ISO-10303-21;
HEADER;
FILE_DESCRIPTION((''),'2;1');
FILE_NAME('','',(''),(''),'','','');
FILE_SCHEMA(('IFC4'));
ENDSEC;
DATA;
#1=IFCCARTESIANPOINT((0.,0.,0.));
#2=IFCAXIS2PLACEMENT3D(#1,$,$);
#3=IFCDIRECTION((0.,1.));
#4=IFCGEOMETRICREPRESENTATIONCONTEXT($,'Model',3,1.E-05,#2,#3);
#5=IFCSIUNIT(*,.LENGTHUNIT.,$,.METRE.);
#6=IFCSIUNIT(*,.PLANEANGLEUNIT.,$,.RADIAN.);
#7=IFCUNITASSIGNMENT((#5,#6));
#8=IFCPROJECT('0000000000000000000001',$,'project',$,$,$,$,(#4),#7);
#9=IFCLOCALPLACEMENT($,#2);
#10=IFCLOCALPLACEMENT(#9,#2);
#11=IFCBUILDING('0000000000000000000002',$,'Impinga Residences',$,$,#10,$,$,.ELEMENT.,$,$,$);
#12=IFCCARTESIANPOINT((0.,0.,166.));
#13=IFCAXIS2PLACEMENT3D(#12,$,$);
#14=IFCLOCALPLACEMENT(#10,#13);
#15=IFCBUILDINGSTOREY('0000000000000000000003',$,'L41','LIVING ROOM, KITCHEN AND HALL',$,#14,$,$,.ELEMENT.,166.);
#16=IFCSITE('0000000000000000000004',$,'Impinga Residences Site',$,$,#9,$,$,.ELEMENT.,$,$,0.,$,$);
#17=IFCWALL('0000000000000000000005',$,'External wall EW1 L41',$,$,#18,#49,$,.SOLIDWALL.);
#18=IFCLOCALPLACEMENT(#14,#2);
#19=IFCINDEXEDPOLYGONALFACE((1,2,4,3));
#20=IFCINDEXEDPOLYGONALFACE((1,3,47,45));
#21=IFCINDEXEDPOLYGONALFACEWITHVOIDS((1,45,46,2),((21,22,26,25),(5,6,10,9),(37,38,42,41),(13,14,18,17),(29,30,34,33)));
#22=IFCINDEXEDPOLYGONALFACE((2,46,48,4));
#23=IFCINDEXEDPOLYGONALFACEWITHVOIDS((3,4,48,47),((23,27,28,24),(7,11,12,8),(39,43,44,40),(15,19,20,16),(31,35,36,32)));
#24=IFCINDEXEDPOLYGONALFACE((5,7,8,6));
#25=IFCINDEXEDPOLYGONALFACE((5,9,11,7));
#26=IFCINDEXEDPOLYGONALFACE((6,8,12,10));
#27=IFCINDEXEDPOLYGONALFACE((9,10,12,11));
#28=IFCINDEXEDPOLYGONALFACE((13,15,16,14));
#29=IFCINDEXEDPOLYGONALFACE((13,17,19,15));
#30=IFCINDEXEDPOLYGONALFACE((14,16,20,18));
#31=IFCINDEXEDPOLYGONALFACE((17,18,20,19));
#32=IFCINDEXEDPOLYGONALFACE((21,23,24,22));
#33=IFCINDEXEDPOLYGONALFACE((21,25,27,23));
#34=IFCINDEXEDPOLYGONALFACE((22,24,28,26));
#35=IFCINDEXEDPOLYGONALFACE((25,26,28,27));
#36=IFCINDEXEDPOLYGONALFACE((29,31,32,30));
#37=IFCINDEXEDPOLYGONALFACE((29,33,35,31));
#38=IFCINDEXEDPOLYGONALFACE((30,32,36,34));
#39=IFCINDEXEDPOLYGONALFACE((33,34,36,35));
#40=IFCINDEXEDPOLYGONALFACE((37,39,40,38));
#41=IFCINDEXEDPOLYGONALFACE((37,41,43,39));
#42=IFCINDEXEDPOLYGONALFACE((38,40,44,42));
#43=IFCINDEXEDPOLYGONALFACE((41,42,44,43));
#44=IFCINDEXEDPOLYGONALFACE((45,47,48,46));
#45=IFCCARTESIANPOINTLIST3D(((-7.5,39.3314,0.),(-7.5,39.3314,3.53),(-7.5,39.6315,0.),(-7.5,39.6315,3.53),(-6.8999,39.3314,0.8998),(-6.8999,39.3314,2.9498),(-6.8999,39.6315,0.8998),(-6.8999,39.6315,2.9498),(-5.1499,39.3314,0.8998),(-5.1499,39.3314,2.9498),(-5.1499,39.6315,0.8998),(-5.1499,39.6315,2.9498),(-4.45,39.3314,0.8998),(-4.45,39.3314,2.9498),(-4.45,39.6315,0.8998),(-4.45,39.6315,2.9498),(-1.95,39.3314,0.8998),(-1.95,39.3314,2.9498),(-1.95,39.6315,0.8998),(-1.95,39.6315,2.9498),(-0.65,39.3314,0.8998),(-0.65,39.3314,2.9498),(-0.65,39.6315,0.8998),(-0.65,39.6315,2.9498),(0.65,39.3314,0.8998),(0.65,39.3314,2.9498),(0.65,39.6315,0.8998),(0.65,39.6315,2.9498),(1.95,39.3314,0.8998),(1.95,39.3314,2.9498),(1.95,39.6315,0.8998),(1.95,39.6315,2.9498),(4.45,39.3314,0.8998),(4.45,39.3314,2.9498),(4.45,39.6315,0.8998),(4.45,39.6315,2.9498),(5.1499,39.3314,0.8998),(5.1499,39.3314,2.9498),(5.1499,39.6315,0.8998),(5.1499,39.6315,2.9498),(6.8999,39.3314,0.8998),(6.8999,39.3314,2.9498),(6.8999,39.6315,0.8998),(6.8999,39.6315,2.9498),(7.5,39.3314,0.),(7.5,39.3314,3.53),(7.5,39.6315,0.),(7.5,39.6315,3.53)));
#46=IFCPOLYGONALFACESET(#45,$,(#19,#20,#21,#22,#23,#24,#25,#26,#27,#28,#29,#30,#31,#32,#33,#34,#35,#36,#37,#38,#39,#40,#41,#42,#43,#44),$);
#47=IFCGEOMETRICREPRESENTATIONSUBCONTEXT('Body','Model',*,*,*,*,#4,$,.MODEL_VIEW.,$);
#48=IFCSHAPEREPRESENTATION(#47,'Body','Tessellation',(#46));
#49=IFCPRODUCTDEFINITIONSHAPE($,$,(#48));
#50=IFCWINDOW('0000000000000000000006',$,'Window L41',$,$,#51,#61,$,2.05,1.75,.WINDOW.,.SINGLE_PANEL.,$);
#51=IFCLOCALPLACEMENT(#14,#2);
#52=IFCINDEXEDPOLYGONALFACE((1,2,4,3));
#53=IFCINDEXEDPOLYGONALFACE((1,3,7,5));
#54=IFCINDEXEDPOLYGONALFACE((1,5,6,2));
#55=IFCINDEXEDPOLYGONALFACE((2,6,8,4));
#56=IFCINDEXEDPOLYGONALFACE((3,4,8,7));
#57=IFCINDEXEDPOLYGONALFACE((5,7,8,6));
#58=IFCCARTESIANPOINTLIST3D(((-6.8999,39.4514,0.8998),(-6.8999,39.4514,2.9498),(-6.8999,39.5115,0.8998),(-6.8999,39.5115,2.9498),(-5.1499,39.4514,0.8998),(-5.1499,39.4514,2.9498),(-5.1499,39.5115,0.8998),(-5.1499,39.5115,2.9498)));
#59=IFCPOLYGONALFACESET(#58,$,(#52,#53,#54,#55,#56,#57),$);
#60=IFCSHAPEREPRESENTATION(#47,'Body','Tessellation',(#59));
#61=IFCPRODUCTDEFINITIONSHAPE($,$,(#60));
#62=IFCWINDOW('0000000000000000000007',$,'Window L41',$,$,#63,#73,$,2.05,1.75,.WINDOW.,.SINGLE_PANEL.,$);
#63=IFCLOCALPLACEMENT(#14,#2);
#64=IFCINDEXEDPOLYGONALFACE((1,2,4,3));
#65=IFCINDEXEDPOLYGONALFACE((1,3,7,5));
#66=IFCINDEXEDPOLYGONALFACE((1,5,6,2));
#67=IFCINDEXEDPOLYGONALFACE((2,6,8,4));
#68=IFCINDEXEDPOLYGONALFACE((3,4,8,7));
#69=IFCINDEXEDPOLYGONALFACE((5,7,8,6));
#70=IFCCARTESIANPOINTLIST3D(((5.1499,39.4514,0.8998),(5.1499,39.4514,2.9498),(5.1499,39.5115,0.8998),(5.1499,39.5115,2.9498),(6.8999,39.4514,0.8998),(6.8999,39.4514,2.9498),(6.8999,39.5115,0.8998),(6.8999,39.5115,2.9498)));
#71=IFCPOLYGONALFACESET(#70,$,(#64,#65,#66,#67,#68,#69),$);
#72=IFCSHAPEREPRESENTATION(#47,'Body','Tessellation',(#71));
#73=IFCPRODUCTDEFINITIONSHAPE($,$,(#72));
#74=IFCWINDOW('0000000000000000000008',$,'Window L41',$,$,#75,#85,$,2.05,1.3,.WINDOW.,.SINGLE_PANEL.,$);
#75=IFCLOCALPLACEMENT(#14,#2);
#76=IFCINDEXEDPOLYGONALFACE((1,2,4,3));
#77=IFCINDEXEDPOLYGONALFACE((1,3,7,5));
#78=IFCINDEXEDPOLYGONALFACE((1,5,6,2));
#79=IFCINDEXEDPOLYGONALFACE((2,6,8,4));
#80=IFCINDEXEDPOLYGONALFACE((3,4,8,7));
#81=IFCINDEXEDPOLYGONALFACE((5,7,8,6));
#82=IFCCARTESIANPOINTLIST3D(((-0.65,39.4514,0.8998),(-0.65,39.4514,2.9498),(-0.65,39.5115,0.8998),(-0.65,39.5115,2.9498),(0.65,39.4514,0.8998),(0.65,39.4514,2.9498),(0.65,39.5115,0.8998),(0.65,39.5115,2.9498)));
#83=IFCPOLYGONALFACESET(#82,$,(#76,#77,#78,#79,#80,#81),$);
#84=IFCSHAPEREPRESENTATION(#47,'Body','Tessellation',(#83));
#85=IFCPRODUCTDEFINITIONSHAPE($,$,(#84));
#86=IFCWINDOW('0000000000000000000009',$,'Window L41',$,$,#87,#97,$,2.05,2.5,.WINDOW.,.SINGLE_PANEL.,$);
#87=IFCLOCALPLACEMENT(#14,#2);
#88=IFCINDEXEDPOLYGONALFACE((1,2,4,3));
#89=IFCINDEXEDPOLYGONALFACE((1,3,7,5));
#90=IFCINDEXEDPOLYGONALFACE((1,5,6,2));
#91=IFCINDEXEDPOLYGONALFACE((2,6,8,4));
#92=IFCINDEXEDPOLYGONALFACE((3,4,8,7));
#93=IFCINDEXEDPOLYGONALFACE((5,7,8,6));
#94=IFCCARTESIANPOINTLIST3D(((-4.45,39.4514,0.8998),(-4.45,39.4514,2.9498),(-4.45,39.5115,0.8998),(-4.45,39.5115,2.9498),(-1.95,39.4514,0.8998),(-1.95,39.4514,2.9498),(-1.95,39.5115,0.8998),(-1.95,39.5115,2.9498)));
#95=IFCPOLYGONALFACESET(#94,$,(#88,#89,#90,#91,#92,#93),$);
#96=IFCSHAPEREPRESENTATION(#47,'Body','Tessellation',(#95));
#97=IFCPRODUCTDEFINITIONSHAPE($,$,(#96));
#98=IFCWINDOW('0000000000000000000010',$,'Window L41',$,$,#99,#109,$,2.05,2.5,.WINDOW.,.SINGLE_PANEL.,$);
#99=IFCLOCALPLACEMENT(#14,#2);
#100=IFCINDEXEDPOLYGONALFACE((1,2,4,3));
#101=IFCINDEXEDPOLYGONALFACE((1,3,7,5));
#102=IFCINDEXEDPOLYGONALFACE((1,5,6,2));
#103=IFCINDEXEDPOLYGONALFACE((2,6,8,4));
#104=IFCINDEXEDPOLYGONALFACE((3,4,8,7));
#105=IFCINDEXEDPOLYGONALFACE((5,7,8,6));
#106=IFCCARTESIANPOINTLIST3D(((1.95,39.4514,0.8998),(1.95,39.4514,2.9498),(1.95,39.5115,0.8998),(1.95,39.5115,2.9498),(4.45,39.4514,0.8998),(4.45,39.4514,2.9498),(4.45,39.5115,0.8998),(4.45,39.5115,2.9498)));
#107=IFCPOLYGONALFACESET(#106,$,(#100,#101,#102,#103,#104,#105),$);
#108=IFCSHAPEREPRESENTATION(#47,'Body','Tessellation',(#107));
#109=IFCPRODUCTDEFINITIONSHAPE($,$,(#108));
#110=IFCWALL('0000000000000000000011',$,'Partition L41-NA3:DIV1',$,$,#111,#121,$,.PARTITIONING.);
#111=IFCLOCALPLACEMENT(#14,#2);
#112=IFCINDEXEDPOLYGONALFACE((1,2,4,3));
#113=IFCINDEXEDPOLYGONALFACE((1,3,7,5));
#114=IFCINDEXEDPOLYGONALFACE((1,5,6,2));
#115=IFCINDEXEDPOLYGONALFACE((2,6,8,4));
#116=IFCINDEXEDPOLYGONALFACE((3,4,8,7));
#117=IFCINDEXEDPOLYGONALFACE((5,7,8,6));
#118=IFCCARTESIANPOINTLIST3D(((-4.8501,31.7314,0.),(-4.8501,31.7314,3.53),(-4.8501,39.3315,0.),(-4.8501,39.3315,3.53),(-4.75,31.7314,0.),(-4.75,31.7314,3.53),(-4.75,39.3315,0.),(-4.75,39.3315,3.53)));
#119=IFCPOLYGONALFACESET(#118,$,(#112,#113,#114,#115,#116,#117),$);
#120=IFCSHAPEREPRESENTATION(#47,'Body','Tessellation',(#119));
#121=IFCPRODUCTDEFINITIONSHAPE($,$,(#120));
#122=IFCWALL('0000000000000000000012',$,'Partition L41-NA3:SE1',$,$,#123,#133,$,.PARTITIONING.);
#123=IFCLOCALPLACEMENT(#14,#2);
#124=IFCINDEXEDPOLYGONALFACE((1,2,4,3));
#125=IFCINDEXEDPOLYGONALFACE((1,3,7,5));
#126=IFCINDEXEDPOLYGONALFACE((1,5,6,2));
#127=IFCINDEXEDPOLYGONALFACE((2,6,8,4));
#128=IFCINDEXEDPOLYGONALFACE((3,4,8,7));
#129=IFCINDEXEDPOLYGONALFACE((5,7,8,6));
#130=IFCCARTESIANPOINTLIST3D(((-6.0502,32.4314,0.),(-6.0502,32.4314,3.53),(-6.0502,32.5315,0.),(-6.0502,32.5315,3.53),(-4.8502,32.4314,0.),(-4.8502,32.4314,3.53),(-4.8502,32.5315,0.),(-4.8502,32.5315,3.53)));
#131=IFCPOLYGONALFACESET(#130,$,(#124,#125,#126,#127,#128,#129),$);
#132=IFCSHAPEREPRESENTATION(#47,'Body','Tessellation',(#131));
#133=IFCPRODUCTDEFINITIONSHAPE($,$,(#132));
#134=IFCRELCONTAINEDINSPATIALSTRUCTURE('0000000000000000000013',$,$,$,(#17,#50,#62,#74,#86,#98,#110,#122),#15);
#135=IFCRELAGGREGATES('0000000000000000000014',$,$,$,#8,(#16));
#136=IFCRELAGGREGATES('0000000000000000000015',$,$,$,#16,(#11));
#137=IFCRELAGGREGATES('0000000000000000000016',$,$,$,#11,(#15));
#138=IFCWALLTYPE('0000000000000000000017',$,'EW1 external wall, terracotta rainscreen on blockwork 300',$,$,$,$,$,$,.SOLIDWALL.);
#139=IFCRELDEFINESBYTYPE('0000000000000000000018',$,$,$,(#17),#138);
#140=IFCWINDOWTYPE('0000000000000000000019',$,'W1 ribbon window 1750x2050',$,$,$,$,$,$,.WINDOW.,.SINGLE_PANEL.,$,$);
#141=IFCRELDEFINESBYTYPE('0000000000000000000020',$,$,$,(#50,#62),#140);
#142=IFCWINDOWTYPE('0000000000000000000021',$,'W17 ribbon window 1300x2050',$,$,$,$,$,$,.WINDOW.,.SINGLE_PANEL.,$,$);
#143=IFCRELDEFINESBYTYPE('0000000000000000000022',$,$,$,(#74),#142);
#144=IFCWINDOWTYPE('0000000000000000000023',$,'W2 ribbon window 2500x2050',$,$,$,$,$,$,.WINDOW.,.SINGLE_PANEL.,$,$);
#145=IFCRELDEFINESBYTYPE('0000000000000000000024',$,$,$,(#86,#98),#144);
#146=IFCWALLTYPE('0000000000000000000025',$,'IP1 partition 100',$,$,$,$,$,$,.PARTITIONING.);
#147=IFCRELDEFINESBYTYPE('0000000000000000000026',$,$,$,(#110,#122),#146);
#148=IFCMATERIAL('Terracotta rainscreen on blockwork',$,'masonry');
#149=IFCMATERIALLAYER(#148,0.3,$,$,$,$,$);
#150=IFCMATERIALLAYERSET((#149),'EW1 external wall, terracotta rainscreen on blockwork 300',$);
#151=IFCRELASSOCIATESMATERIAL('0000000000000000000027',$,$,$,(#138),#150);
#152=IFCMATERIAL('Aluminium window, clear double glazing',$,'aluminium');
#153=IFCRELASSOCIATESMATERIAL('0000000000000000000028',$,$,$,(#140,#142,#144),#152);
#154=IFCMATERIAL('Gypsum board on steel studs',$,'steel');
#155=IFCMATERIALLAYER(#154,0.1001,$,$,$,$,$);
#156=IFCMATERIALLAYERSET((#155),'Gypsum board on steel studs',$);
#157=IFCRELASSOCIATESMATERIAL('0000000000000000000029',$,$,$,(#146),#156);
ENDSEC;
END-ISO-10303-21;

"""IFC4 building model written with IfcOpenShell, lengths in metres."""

from ifc_helpers import new_model, si_unit, direction, frame, frame_2d, origin, place, context, subcontext, project, spatial, rectangle, extrude, material, layer, layer_set, type_object, element, fill, save


model = new_model("IFC4")

# Units and contexts
model_context = context("Model", 3, precision=1e-05, world=origin(), true_north=direction((0.0, 1.0)))
body_context = subcontext(model_context, "Body", "Model", "MODEL_VIEW")
ifc_project = project(units=[si_unit("LENGTHUNIT", "METRE"), si_unit("PLANEANGLEUNIT", "RADIAN")], contexts=[model_context])

# Site, building, storey
site_placement = place(None, origin())
site = spatial("IfcSite", under=ifc_project, at=site_placement, Name="Impinga Residences Site", CompositionType="ELEMENT", RefElevation=0.0)
building_placement = place(site_placement, origin())
building = spatial("IfcBuilding", under=site, at=building_placement, Name="Impinga Residences", CompositionType="ELEMENT")
storey_placement = place(building_placement, frame((0.0, 0.0, 166.0)))
storey = spatial("IfcBuildingStorey", under=building, at=storey_placement, Name="L41", Description="LIVING ROOM, KITCHEN AND HALL", CompositionType="ELEMENT", Elevation=166.0)

# Shared definitions
ifc_material_1 = material(Name="Terracotta rainscreen on blockwork", Category="masonry")
ifc_layer_1 = layer(ifc_material_1, 0.3)
ifc_layer_set_1 = layer_set([ifc_layer_1], Name="EW1 external wall, terracotta rainscreen on blockwork 300")
wall_type_1 = type_object("IfcWallType", Name="EW1 external wall, terracotta rainscreen on blockwork 300", PredefinedType="SOLIDWALL", material=ifc_layer_set_1)

# Wall, openings, windows
wall_1_placement = place(storey_placement, frame((-7.5, 39.4814, 0.0), z_axis=(0.0, 0.0, 1.0), x_axis=(1.0, 0.0, 0.0)))
wall_1 = element("IfcWall", 1, at=wall_1_placement, inside=storey, type_object=wall_type_1, Name="External wall EW1 L41", PredefinedType="SOLIDWALL", context=body_context, shape_type="SweptSolid", body=[
    extrude(rectangle(XDim=15.0, YDim=0.3, at=frame_2d((7.5, 0.0))), origin(), (0.0, 0.0, 1.0), 3.53),
])
opening_1_placement = place(wall_1_placement, frame((0.6001, 0.0, 0.8999)))
opening_1 = element("IfcOpeningElement", 2, at=opening_1_placement, cuts=wall_1, PredefinedType="OPENING", context=body_context, shape_type="SweptSolid", body=[
    extrude(rectangle(XDim=1.75, YDim=2.05, at=frame_2d((0.875, 1.0249))), frame((0.0, 0.1599, 0.0), z_axis=(0.0, -1.0, 0.0), x_axis=(1.0, 0.0, 0.0)), (0.0, 0.0, 1.0), 0.3201),
])
opening_2_placement = place(wall_1_placement, frame((3.05, 0.0, 0.8999)))
opening_2 = element("IfcOpeningElement", 3, at=opening_2_placement, cuts=wall_1, PredefinedType="OPENING", context=body_context, shape_type="SweptSolid", body=[
    extrude(rectangle(XDim=2.5, YDim=2.05, at=frame_2d((1.25, 1.0249))), frame((0.0, 0.1599, 0.0), z_axis=(0.0, -1.0, 0.0), x_axis=(1.0, 0.0, 0.0)), (0.0, 0.0, 1.0), 0.3201),
])
opening_3_placement = place(wall_1_placement, frame((6.8501, 0.0, 0.8999)))
opening_3 = element("IfcOpeningElement", 4, at=opening_3_placement, cuts=wall_1, PredefinedType="OPENING", context=body_context, shape_type="SweptSolid", body=[
    extrude(rectangle(XDim=1.3, YDim=2.05, at=frame_2d((0.6499, 1.0249))), frame((0.0, 0.1599, 0.0), z_axis=(0.0, -1.0, 0.0), x_axis=(1.0, 0.0, 0.0)), (0.0, 0.0, 1.0), 0.3201),
])
opening_4_placement = place(wall_1_placement, frame((9.45, 0.0, 0.8999)))
opening_4 = element("IfcOpeningElement", 5, at=opening_4_placement, cuts=wall_1, PredefinedType="OPENING", context=body_context, shape_type="SweptSolid", body=[
    extrude(rectangle(XDim=2.5, YDim=2.05, at=frame_2d((1.25, 1.0249))), frame((0.0, 0.1599, 0.0), z_axis=(0.0, -1.0, 0.0), x_axis=(1.0, 0.0, 0.0)), (0.0, 0.0, 1.0), 0.3201),
])
opening_5_placement = place(wall_1_placement, frame((12.6499, 0.0, 0.8999)))
opening_5 = element("IfcOpeningElement", 6, at=opening_5_placement, cuts=wall_1, PredefinedType="OPENING", context=body_context, shape_type="SweptSolid", body=[
    extrude(rectangle(XDim=1.75, YDim=2.05, at=frame_2d((0.875, 1.0249))), frame((0.0, 0.1599, 0.0), z_axis=(0.0, -1.0, 0.0), x_axis=(1.0, 0.0, 0.0)), (0.0, 0.0, 1.0), 0.3201),
])
ifc_material_2 = material(Name="Aluminium window, clear double glazing", Category="aluminium")
window_type_1 = type_object("IfcWindowType", Name="W1 ribbon window 1750x2050", PartitioningType="SINGLE_PANEL", PredefinedType="WINDOW", material=ifc_material_2)
window_1_placement = place(opening_1_placement, origin())
window_1 = element("IfcWindow", 7, at=window_1_placement, inside=storey, type_object=window_type_1, Name="Window L41", OverallHeight=2.05, OverallWidth=1.75, PartitioningType="SINGLE_PANEL", PredefinedType="WINDOW", context=body_context, shape_type="SweptSolid", body=[
    extrude(rectangle(XDim=1.75, YDim=2.05, at=frame_2d((0.875, 1.0249))), frame((0.0, 0.03, 0.0), z_axis=(0.0, -1.0, 0.0), x_axis=(1.0, 0.0, 0.0)), (0.0, 0.0, 1.0), 0.0601),
])
fill(opening_1, window_1)
window_2_placement = place(opening_5_placement, origin())
window_2 = element("IfcWindow", 8, at=window_2_placement, inside=storey, type_object=window_type_1, Name="Window L41", OverallHeight=2.05, OverallWidth=1.75, PartitioningType="SINGLE_PANEL", PredefinedType="WINDOW", context=body_context, shape_type="SweptSolid", body=[
    extrude(rectangle(XDim=1.75, YDim=2.05, at=frame_2d((0.875, 1.0249))), frame((0.0, 0.03, 0.0), z_axis=(0.0, -1.0, 0.0), x_axis=(1.0, 0.0, 0.0)), (0.0, 0.0, 1.0), 0.0601),
])
fill(opening_5, window_2)
window_type_2 = type_object("IfcWindowType", Name="W17 ribbon window 1300x2050", PartitioningType="SINGLE_PANEL", PredefinedType="WINDOW", material=ifc_material_2)
window_3_placement = place(opening_3_placement, origin())
window_3 = element("IfcWindow", 9, at=window_3_placement, inside=storey, type_object=window_type_2, Name="Window L41", OverallHeight=2.05, OverallWidth=1.3, PartitioningType="SINGLE_PANEL", PredefinedType="WINDOW", context=body_context, shape_type="SweptSolid", body=[
    extrude(rectangle(XDim=1.3, YDim=2.05, at=frame_2d((0.6499, 1.0249))), frame((0.0, 0.03, 0.0), z_axis=(0.0, -1.0, 0.0), x_axis=(1.0, 0.0, 0.0)), (0.0, 0.0, 1.0), 0.0601),
])
fill(opening_3, window_3)
window_type_3 = type_object("IfcWindowType", Name="W2 ribbon window 2500x2050", PartitioningType="SINGLE_PANEL", PredefinedType="WINDOW", material=ifc_material_2)
window_4_placement = place(opening_2_placement, origin())
window_4 = element("IfcWindow", 10, at=window_4_placement, inside=storey, type_object=window_type_3, Name="Window L41", OverallHeight=2.05, OverallWidth=2.5, PartitioningType="SINGLE_PANEL", PredefinedType="WINDOW", context=body_context, shape_type="SweptSolid", body=[
    extrude(rectangle(XDim=2.5, YDim=2.05, at=frame_2d((1.25, 1.0249))), frame((0.0, 0.03, 0.0), z_axis=(0.0, -1.0, 0.0), x_axis=(1.0, 0.0, 0.0)), (0.0, 0.0, 1.0), 0.0601),
])
fill(opening_2, window_4)
window_5_placement = place(opening_4_placement, origin())
window_5 = element("IfcWindow", 11, at=window_5_placement, inside=storey, type_object=window_type_3, Name="Window L41", OverallHeight=2.05, OverallWidth=2.5, PartitioningType="SINGLE_PANEL", PredefinedType="WINDOW", context=body_context, shape_type="SweptSolid", body=[
    extrude(rectangle(XDim=2.5, YDim=2.05, at=frame_2d((1.25, 1.0249))), frame((0.0, 0.03, 0.0), z_axis=(0.0, -1.0, 0.0), x_axis=(1.0, 0.0, 0.0)), (0.0, 0.0, 1.0), 0.0601),
])
fill(opening_4, window_5)

# Walls
ifc_material_3 = material(Name="Gypsum board on steel studs", Category="steel")
ifc_layer_2 = layer(ifc_material_3, 0.1001)
ifc_layer_set_2 = layer_set([ifc_layer_2], Name="Gypsum board on steel studs")
wall_type_2 = type_object("IfcWallType", Name="IP1 partition 100", PredefinedType="PARTITIONING", material=ifc_layer_set_2)
wall_2_placement = place(storey_placement, frame((-4.8, 31.7314, 0.0), z_axis=(0.0, 0.0, 1.0), x_axis=(0.0, 1.0, 0.0)))
element("IfcWall", 12, at=wall_2_placement, inside=storey, type_object=wall_type_2, Name="Partition L41-NA3:DIV1", PredefinedType="PARTITIONING", context=body_context, shape_type="SweptSolid", body=[
    extrude(rectangle(XDim=7.6001, YDim=0.1001, at=frame_2d((3.8, 0.0))), origin(), (0.0, 0.0, 1.0), 3.53),
])
wall_3_placement = place(storey_placement, frame((-4.8501, 32.4814, 0.0), z_axis=(0.0, 0.0, 1.0), x_axis=(-1.0, 0.0, 0.0)))
element("IfcWall", 13, at=wall_3_placement, inside=storey, type_object=wall_type_2, Name="Partition L41-NA3:SE1", PredefinedType="PARTITIONING", context=body_context, shape_type="SweptSolid", body=[
    extrude(rectangle(XDim=1.2, YDim=0.1001, at=frame_2d((0.6001, 0.0))), origin(), (0.0, 0.0, 1.0), 3.53),
])

save(model, "model.ifc")
